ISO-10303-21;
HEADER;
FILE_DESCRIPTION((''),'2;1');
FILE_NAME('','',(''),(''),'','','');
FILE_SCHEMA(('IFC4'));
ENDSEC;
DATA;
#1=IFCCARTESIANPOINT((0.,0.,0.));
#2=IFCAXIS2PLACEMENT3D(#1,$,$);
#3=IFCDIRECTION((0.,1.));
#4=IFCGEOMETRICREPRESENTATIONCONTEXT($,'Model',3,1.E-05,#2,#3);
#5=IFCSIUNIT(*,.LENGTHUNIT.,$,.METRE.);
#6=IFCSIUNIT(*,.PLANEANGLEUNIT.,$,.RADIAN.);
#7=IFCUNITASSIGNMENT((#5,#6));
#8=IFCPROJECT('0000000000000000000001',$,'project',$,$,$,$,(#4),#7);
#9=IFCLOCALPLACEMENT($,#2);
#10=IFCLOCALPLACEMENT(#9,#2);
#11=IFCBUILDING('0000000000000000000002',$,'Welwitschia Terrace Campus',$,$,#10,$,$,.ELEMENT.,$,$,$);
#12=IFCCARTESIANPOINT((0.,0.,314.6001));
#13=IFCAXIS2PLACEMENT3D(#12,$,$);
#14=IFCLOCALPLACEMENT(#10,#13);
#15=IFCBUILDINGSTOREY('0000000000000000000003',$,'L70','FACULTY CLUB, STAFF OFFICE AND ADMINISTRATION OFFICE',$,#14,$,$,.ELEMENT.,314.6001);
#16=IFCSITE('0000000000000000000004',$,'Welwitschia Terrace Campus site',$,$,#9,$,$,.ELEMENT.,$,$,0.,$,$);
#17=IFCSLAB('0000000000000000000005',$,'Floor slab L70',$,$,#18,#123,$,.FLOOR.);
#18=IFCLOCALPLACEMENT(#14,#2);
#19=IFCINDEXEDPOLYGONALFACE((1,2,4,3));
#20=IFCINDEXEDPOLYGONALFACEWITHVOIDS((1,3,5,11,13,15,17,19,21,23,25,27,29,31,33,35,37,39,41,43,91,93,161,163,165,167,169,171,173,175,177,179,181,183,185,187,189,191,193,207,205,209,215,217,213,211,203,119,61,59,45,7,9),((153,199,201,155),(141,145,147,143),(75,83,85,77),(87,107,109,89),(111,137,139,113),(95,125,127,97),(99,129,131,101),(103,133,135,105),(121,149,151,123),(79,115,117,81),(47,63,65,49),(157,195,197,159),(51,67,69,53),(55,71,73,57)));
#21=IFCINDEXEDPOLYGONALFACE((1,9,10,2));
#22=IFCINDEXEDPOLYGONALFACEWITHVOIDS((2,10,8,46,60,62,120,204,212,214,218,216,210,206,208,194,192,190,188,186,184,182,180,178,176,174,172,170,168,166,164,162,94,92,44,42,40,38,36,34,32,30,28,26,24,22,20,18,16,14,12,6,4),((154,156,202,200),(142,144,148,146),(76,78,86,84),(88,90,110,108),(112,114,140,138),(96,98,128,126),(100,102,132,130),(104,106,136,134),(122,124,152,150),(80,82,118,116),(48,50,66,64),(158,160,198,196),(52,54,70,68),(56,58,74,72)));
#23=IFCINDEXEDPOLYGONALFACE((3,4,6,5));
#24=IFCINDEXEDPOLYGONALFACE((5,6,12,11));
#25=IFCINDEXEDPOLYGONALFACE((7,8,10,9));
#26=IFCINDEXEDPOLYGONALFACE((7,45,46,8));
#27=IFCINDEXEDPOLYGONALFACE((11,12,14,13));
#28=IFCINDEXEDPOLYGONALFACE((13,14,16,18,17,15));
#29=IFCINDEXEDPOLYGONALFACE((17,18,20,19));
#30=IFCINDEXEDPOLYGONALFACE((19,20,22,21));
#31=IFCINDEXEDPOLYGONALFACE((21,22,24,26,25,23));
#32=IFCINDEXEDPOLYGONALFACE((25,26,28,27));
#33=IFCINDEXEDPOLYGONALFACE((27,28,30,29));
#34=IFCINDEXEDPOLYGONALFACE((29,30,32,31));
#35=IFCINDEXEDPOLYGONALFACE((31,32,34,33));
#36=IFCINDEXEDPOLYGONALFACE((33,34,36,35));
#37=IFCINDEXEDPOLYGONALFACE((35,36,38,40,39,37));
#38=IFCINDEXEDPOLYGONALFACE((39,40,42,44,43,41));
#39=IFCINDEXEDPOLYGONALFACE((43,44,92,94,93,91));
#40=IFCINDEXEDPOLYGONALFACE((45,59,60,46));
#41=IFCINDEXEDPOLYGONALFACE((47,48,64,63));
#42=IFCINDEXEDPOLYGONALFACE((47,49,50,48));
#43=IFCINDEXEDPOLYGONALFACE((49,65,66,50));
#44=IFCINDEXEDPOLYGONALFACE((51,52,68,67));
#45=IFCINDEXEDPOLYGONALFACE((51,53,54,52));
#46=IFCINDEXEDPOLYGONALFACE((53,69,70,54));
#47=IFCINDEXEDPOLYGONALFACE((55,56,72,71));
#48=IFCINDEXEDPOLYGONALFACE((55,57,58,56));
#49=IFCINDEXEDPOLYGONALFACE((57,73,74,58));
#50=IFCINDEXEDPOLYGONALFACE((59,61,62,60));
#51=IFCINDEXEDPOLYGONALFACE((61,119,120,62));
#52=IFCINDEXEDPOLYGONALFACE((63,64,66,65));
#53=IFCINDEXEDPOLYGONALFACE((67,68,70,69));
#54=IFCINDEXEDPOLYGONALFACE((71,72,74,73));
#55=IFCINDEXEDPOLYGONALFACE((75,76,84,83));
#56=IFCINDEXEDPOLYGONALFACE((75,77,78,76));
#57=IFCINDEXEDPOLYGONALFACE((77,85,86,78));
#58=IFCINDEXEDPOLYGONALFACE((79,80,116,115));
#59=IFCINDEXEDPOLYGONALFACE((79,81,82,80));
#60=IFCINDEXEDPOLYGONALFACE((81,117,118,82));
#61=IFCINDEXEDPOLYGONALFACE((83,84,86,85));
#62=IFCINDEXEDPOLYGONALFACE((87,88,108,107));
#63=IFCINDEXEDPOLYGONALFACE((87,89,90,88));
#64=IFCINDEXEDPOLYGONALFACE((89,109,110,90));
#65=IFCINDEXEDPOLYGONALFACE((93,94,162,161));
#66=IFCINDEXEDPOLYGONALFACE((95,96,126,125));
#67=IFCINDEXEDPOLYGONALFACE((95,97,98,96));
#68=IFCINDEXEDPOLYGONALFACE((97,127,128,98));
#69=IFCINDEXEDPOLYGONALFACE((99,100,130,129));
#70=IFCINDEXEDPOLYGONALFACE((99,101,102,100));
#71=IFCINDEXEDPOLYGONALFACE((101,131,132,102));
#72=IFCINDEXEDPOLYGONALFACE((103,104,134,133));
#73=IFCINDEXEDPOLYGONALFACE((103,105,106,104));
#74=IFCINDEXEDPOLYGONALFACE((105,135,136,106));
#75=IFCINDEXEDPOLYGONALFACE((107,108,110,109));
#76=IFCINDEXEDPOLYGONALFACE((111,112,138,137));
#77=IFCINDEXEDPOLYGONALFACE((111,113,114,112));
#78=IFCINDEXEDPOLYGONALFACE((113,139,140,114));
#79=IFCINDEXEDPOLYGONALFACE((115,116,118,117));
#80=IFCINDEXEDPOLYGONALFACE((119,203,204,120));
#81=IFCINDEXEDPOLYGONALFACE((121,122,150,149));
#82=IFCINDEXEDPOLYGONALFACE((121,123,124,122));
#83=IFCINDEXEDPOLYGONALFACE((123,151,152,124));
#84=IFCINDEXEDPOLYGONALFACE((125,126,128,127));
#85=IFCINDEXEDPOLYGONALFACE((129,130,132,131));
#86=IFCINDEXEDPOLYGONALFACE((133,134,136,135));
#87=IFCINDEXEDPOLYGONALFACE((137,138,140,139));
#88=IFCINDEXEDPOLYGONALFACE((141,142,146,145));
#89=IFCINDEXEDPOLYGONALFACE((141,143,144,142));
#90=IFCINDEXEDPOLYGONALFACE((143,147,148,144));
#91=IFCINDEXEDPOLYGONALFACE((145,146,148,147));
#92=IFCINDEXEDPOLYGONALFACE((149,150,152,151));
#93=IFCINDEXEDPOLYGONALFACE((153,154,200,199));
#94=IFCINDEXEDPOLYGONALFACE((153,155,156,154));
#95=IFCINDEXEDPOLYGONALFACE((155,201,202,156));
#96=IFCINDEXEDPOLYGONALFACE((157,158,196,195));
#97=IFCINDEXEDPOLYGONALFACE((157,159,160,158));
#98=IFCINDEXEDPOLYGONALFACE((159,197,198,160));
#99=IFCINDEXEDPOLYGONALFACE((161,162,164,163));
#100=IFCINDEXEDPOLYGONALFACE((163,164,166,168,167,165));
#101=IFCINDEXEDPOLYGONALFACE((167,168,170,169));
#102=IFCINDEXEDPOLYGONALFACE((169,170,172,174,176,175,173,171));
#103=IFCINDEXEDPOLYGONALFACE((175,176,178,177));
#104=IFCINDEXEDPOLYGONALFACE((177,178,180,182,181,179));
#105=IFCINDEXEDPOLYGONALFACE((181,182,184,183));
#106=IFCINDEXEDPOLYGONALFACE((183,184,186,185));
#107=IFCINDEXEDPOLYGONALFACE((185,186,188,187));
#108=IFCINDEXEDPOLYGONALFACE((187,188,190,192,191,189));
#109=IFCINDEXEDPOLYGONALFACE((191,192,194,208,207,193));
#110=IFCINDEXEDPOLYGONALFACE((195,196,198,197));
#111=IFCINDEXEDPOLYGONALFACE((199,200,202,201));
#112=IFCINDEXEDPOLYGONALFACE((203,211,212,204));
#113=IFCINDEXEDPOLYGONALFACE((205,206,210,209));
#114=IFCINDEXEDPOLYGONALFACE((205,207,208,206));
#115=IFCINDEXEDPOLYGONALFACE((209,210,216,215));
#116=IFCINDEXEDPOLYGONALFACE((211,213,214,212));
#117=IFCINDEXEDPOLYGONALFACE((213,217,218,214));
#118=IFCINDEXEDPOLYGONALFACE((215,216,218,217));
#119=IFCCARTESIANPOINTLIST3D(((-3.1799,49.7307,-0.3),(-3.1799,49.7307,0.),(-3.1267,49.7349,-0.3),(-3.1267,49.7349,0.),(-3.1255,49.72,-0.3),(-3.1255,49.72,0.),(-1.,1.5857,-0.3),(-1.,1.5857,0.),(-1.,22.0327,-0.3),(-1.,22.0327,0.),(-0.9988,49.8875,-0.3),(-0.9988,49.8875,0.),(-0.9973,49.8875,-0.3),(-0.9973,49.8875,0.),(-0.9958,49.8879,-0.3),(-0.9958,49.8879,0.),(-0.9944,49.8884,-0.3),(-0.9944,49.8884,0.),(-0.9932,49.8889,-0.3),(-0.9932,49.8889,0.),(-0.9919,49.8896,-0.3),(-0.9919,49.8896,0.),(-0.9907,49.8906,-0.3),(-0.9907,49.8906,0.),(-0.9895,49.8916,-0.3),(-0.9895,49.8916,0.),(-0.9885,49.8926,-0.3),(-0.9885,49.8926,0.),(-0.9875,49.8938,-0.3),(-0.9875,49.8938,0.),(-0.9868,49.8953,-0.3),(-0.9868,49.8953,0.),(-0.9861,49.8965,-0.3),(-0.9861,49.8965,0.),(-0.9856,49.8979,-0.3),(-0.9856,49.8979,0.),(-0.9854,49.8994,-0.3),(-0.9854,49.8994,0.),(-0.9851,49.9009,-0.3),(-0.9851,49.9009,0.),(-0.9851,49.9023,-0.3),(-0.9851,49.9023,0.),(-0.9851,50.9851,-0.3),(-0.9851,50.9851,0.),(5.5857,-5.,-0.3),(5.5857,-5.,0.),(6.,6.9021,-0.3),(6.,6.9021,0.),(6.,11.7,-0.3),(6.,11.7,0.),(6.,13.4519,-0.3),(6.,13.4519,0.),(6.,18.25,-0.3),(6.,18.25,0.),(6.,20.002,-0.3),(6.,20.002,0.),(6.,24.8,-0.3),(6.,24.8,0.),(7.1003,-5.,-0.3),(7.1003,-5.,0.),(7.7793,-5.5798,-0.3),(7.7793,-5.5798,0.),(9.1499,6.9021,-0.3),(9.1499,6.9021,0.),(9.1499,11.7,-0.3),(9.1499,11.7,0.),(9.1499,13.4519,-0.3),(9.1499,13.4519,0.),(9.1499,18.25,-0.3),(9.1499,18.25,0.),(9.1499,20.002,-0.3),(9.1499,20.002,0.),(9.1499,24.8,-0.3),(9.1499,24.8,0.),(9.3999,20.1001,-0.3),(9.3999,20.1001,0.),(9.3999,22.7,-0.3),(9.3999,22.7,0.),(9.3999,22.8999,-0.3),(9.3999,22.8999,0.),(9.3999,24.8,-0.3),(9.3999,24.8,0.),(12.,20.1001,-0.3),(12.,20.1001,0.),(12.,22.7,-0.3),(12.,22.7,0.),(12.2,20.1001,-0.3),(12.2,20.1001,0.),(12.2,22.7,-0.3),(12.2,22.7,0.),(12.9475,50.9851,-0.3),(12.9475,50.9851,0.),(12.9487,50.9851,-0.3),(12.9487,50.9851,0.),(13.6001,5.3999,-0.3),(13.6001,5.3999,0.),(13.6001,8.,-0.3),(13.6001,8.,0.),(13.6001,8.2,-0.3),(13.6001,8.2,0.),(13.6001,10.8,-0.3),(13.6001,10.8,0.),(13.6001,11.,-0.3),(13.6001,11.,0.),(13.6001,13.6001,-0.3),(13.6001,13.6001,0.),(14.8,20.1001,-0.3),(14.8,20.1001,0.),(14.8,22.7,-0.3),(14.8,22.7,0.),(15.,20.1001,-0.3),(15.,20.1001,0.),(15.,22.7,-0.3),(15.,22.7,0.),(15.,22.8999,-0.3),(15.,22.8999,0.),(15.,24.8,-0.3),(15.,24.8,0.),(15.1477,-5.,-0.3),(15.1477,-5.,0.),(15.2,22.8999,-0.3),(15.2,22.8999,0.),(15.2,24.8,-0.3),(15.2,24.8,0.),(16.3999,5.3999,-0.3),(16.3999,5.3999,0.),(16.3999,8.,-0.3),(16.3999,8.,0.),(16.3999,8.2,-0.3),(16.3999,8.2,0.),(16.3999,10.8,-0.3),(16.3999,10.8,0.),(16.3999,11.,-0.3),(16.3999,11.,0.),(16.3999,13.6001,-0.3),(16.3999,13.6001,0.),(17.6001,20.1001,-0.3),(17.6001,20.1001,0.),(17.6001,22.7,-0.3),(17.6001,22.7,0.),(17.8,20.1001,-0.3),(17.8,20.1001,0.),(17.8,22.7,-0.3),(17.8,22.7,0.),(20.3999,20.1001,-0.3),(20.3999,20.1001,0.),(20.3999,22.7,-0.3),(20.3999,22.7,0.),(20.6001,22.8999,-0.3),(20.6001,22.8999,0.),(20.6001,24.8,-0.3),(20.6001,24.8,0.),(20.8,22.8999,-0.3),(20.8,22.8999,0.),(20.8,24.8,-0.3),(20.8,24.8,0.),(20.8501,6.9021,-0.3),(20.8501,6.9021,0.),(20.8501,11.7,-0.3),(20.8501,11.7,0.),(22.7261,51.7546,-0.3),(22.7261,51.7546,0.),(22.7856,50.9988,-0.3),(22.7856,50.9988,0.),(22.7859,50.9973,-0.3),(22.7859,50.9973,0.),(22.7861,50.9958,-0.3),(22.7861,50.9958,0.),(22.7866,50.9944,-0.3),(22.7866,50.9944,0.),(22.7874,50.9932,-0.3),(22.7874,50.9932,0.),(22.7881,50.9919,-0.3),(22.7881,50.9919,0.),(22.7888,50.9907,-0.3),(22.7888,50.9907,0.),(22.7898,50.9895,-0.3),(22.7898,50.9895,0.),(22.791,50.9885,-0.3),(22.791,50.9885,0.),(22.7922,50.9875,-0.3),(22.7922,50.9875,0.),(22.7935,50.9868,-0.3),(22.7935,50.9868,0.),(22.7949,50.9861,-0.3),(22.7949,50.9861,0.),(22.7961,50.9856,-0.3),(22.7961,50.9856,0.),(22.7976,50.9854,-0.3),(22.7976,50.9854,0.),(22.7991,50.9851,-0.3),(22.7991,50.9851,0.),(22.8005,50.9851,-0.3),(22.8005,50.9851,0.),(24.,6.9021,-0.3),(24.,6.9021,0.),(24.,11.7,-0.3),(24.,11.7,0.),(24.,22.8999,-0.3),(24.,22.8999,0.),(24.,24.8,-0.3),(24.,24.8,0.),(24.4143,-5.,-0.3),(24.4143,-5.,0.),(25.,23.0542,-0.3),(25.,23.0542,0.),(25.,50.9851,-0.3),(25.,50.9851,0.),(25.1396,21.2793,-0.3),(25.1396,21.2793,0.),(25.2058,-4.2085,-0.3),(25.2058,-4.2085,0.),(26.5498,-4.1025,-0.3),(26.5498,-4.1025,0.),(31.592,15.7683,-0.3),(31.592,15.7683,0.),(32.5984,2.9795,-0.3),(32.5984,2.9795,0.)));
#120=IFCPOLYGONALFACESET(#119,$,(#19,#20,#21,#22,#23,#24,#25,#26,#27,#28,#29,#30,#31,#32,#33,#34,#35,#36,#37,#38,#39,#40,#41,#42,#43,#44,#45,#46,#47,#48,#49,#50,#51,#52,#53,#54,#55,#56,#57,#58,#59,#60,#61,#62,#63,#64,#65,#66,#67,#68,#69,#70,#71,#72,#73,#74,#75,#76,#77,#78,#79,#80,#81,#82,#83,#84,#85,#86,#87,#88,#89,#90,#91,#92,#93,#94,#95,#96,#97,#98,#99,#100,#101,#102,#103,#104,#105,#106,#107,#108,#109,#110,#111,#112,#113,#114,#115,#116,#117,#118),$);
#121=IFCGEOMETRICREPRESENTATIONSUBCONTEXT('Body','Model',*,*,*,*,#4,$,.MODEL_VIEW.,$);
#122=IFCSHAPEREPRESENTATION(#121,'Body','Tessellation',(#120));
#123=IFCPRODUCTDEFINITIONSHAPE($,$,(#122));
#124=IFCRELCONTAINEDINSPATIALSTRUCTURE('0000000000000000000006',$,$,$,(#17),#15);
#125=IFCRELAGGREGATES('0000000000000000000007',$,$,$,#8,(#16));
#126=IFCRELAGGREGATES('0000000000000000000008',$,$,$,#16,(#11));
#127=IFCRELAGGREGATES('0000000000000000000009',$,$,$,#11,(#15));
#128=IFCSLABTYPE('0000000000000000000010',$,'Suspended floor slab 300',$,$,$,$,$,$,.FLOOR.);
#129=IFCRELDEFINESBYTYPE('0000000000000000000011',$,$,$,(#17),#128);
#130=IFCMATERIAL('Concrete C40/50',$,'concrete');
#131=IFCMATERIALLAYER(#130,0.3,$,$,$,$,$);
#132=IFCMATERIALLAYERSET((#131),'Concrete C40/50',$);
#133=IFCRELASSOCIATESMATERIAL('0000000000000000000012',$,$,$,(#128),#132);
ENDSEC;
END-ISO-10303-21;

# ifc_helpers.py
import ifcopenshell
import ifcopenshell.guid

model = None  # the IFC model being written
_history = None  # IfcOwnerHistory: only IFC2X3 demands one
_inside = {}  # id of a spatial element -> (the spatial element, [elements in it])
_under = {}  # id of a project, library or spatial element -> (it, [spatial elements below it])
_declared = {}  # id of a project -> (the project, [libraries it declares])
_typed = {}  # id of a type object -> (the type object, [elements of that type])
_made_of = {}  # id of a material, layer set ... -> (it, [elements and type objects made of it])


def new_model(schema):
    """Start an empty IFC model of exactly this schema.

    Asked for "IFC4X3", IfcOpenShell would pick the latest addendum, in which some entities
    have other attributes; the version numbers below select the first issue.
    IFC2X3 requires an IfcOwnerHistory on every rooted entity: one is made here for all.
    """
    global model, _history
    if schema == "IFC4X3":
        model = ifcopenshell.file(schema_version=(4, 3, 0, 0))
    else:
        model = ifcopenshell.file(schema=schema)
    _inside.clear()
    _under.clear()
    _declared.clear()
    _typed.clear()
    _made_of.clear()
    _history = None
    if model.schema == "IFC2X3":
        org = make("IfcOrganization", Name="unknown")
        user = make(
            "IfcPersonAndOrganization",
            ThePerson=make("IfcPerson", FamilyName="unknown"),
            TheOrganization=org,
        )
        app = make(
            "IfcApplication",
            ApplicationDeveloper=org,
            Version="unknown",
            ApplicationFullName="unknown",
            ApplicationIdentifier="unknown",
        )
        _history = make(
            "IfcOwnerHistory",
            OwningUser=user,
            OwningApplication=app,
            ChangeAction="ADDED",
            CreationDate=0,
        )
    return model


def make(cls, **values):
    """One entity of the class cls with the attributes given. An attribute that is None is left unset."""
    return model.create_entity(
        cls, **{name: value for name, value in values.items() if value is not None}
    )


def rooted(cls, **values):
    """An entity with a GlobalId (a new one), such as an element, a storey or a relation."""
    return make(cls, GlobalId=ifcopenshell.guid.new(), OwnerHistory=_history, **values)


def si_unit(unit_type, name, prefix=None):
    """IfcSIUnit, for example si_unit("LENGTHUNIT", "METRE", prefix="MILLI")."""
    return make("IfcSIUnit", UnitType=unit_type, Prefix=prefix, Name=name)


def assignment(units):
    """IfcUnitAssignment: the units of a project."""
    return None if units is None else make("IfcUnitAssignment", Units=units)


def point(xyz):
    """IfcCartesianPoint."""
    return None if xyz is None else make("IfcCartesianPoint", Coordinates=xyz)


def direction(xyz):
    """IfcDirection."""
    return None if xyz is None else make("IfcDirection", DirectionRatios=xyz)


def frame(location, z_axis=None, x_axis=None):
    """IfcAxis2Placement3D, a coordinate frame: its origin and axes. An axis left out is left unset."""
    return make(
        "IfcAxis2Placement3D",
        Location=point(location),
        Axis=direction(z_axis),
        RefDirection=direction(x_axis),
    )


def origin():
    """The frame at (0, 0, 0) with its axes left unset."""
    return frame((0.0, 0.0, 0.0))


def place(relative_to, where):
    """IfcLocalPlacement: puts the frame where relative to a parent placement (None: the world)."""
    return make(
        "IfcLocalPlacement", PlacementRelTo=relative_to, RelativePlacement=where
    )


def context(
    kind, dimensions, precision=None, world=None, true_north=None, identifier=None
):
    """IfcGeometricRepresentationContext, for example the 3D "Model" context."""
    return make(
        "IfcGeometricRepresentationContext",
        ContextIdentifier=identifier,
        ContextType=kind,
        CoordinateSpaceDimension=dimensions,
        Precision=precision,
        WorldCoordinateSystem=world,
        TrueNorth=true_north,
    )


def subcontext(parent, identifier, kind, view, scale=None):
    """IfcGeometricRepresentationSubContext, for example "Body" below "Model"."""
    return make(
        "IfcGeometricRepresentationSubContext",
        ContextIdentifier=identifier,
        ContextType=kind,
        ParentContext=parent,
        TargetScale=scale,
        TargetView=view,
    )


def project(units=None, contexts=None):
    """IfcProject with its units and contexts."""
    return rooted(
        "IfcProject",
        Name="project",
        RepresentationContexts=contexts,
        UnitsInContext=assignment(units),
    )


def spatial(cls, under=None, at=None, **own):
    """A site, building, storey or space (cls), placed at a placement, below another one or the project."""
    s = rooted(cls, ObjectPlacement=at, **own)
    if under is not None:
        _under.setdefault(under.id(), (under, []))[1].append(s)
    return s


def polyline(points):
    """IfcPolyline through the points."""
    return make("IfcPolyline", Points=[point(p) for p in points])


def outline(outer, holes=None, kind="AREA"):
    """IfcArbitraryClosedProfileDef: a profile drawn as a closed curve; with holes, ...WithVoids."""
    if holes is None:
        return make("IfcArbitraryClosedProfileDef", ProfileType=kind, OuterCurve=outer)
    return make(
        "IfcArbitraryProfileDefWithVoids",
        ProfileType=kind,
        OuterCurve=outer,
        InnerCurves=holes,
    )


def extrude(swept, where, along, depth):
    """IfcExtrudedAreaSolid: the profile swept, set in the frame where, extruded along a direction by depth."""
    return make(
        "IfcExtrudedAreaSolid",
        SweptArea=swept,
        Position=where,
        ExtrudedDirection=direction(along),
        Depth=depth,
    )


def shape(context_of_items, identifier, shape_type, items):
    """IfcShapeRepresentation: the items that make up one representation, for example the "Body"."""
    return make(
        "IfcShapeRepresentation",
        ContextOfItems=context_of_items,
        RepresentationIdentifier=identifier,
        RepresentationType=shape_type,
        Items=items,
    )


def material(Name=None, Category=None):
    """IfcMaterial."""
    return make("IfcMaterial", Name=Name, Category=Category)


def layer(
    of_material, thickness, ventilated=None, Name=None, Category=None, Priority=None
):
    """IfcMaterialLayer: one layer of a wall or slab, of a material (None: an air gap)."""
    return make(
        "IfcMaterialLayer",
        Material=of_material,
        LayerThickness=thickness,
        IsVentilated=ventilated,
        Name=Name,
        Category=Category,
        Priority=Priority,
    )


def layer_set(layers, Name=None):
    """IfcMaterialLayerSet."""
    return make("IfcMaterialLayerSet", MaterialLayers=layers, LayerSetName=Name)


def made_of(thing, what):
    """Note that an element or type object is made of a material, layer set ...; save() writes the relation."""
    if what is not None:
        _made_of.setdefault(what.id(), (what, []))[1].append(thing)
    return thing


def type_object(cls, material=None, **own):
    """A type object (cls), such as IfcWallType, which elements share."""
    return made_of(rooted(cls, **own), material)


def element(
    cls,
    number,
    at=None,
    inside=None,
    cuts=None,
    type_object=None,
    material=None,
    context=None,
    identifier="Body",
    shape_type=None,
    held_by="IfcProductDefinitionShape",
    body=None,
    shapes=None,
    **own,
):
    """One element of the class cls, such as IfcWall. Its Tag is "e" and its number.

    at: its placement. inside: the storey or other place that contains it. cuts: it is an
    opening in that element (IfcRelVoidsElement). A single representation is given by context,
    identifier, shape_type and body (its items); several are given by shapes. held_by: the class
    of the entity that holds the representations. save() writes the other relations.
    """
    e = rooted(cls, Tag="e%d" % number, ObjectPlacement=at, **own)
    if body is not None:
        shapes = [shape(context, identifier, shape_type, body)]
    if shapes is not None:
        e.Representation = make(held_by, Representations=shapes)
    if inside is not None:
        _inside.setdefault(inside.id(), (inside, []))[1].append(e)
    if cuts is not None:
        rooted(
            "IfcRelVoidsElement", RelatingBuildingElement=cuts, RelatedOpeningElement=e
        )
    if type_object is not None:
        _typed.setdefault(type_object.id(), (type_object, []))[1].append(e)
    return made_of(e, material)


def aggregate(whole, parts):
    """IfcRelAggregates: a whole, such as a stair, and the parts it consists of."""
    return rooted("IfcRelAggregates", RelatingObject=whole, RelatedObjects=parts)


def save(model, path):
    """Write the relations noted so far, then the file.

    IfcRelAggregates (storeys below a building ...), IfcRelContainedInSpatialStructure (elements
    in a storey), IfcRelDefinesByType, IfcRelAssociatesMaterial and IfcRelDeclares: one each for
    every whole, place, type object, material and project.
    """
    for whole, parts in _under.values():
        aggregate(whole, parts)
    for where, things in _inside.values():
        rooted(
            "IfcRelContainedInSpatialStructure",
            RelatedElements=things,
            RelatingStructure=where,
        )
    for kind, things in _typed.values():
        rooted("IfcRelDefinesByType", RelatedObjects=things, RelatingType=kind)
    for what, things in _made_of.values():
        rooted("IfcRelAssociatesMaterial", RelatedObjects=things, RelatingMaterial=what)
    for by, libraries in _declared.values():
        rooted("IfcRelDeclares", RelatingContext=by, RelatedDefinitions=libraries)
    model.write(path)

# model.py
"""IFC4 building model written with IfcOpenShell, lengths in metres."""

from ifc_helpers import new_model, si_unit, direction, frame, origin, place, context, subcontext, project, spatial, polyline, outline, extrude, material, layer, layer_set, type_object, element, save


model = new_model("IFC4")

# Units and contexts
model_context = context("Model", 3, precision=1e-05, world=origin(), true_north=direction((0.0, 1.0)))
body_context = subcontext(model_context, "Body", "Model", "MODEL_VIEW")
ifc_project = project(units=[si_unit("LENGTHUNIT", "METRE"), si_unit("PLANEANGLEUNIT", "RADIAN")], contexts=[model_context])

# Site, building, storey
site_placement = place(None, origin())
site = spatial("IfcSite", under=ifc_project, at=site_placement, Name="Welwitschia Terrace Campus site", CompositionType="ELEMENT", RefElevation=0.0)
building_placement = place(site_placement, origin())
building = spatial("IfcBuilding", under=site, at=building_placement, Name="Welwitschia Terrace Campus", CompositionType="ELEMENT")
storey_placement = place(building_placement, frame((0.0, 0.0, 314.6001)))
storey = spatial("IfcBuildingStorey", under=building, at=storey_placement, Name="L70", Description="FACULTY CLUB, STAFF OFFICE AND ADMINISTRATION OFFICE", CompositionType="ELEMENT", Elevation=314.6001)

# Slab
ifc_material_1 = material(Name="Concrete C40/50", Category="concrete")
ifc_layer_1 = layer(ifc_material_1, 0.3)
ifc_layer_set_1 = layer_set([ifc_layer_1], Name="Concrete C40/50")
slab_type_1 = type_object("IfcSlabType", Name="Suspended floor slab 300", PredefinedType="FLOOR", material=ifc_layer_set_1)
slab_1_placement = place(storey_placement, frame((0.0, 0.0, -0.3)))
element("IfcSlab", 1, at=slab_1_placement, inside=storey, type_object=slab_type_1, Name="Floor slab L70", PredefinedType="FLOOR", context=body_context, shape_type="SweptSolid", body=[
    extrude(outline(polyline([(-3.1267, 49.7349), (-3.1255, 49.72), (-0.9988, 49.8875), (-0.9973, 49.8875), (-0.9958, 49.8879), (-0.9944, 49.8884), (-0.9932, 49.8889), (-0.9919, 49.8896), (-0.9907, 49.8906), (-0.9895, 49.8916), (-0.9885, 49.8926), (-0.9875, 49.8938), (-0.9868, 49.8953), (-0.9861, 49.8965), (-0.9856, 49.8979), (-0.9854, 49.8994), (-0.9851, 49.9009), (-0.9851, 49.9023), (-0.9851, 50.9851), (12.9475, 50.9851), (12.9487, 50.9851), (22.7261, 51.7546), (22.7856, 50.9988), (22.7859, 50.9973), (22.7861, 50.9958), (22.7866, 50.9944), (22.7874, 50.9932), (22.7881, 50.9919), (22.7888, 50.9907), (22.7898, 50.9895), (22.791, 50.9885), (22.7922, 50.9875), (22.7935, 50.9868), (22.7949, 50.9861), (22.7961, 50.9856), (22.7976, 50.9854), (22.7991, 50.9851), (22.8005, 50.9851), (25.0, 50.9851), (25.0, 23.0542), (25.1396, 21.2793), (31.592, 15.7683), (32.5984, 2.9795), (26.5498, -4.1025), (25.2058, -4.2085), (24.4143, -5.0), (15.1477, -5.0), (7.7793, -5.5798), (7.1003, -5.0), (5.5857, -5.0), (-1.0, 1.5857), (-1.0, 22.0327), (-3.1799, 49.7307), (-3.1267, 49.7349)]), holes=[polyline([(13.6001, 5.3999), (16.3999, 5.3999), (16.3999, 8.0), (13.6001, 8.0), (13.6001, 5.3999)]), polyline([(6.0, 11.7), (6.0, 6.9021), (9.1499, 6.9021), (9.1499, 11.7), (6.0, 11.7)]), polyline([(6.0, 18.25), (6.0, 13.4519), (9.1499, 13.4519), (9.1499, 18.25), (6.0, 18.25)]), polyline([(9.3999, 22.7), (9.3999, 20.1001), (12.0, 20.1001), (12.0, 22.7), (9.3999, 22.7)]), polyline([(12.2, 22.7), (12.2, 20.1001), (14.8, 20.1001), (14.8, 22.7), (12.2, 22.7)]), polyline([(6.0, 24.8), (6.0, 20.002), (9.1499, 20.002), (9.1499, 24.8), (6.0, 24.8)]), polyline([(9.3999, 24.8), (9.3999, 22.8999), (15.0, 22.8999), (15.0, 24.8), (9.3999, 24.8)]), polyline([(20.8501, 6.9021), (24.0, 6.9021), (24.0, 11.7), (20.8501, 11.7), (20.8501, 6.9021)]), polyline([(13.6001, 10.8), (13.6001, 8.2), (16.3999, 8.2), (16.3999, 10.8), (13.6001, 10.8)]), polyline([(13.6001, 13.6001), (13.6001, 11.0), (16.3999, 11.0), (16.3999, 13.6001), (13.6001, 13.6001)]), polyline([(15.0, 22.7), (15.0, 20.1001), (17.6001, 20.1001), (17.6001, 22.7), (15.0, 22.7)]), polyline([(17.8, 22.7), (17.8, 20.1001), (20.3999, 20.1001), (20.3999, 22.7), (17.8, 22.7)]), polyline([(15.2, 24.8), (15.2, 22.8999), (20.6001, 22.8999), (20.6001, 24.8), (15.2, 24.8)]), polyline([(20.8, 24.8), (20.8, 22.8999), (24.0, 22.8999), (24.0, 24.8), (20.8, 24.8)])]), origin(), (0.0, 0.0, 1.0), 0.3),
])

save(model, "model.ifc")
